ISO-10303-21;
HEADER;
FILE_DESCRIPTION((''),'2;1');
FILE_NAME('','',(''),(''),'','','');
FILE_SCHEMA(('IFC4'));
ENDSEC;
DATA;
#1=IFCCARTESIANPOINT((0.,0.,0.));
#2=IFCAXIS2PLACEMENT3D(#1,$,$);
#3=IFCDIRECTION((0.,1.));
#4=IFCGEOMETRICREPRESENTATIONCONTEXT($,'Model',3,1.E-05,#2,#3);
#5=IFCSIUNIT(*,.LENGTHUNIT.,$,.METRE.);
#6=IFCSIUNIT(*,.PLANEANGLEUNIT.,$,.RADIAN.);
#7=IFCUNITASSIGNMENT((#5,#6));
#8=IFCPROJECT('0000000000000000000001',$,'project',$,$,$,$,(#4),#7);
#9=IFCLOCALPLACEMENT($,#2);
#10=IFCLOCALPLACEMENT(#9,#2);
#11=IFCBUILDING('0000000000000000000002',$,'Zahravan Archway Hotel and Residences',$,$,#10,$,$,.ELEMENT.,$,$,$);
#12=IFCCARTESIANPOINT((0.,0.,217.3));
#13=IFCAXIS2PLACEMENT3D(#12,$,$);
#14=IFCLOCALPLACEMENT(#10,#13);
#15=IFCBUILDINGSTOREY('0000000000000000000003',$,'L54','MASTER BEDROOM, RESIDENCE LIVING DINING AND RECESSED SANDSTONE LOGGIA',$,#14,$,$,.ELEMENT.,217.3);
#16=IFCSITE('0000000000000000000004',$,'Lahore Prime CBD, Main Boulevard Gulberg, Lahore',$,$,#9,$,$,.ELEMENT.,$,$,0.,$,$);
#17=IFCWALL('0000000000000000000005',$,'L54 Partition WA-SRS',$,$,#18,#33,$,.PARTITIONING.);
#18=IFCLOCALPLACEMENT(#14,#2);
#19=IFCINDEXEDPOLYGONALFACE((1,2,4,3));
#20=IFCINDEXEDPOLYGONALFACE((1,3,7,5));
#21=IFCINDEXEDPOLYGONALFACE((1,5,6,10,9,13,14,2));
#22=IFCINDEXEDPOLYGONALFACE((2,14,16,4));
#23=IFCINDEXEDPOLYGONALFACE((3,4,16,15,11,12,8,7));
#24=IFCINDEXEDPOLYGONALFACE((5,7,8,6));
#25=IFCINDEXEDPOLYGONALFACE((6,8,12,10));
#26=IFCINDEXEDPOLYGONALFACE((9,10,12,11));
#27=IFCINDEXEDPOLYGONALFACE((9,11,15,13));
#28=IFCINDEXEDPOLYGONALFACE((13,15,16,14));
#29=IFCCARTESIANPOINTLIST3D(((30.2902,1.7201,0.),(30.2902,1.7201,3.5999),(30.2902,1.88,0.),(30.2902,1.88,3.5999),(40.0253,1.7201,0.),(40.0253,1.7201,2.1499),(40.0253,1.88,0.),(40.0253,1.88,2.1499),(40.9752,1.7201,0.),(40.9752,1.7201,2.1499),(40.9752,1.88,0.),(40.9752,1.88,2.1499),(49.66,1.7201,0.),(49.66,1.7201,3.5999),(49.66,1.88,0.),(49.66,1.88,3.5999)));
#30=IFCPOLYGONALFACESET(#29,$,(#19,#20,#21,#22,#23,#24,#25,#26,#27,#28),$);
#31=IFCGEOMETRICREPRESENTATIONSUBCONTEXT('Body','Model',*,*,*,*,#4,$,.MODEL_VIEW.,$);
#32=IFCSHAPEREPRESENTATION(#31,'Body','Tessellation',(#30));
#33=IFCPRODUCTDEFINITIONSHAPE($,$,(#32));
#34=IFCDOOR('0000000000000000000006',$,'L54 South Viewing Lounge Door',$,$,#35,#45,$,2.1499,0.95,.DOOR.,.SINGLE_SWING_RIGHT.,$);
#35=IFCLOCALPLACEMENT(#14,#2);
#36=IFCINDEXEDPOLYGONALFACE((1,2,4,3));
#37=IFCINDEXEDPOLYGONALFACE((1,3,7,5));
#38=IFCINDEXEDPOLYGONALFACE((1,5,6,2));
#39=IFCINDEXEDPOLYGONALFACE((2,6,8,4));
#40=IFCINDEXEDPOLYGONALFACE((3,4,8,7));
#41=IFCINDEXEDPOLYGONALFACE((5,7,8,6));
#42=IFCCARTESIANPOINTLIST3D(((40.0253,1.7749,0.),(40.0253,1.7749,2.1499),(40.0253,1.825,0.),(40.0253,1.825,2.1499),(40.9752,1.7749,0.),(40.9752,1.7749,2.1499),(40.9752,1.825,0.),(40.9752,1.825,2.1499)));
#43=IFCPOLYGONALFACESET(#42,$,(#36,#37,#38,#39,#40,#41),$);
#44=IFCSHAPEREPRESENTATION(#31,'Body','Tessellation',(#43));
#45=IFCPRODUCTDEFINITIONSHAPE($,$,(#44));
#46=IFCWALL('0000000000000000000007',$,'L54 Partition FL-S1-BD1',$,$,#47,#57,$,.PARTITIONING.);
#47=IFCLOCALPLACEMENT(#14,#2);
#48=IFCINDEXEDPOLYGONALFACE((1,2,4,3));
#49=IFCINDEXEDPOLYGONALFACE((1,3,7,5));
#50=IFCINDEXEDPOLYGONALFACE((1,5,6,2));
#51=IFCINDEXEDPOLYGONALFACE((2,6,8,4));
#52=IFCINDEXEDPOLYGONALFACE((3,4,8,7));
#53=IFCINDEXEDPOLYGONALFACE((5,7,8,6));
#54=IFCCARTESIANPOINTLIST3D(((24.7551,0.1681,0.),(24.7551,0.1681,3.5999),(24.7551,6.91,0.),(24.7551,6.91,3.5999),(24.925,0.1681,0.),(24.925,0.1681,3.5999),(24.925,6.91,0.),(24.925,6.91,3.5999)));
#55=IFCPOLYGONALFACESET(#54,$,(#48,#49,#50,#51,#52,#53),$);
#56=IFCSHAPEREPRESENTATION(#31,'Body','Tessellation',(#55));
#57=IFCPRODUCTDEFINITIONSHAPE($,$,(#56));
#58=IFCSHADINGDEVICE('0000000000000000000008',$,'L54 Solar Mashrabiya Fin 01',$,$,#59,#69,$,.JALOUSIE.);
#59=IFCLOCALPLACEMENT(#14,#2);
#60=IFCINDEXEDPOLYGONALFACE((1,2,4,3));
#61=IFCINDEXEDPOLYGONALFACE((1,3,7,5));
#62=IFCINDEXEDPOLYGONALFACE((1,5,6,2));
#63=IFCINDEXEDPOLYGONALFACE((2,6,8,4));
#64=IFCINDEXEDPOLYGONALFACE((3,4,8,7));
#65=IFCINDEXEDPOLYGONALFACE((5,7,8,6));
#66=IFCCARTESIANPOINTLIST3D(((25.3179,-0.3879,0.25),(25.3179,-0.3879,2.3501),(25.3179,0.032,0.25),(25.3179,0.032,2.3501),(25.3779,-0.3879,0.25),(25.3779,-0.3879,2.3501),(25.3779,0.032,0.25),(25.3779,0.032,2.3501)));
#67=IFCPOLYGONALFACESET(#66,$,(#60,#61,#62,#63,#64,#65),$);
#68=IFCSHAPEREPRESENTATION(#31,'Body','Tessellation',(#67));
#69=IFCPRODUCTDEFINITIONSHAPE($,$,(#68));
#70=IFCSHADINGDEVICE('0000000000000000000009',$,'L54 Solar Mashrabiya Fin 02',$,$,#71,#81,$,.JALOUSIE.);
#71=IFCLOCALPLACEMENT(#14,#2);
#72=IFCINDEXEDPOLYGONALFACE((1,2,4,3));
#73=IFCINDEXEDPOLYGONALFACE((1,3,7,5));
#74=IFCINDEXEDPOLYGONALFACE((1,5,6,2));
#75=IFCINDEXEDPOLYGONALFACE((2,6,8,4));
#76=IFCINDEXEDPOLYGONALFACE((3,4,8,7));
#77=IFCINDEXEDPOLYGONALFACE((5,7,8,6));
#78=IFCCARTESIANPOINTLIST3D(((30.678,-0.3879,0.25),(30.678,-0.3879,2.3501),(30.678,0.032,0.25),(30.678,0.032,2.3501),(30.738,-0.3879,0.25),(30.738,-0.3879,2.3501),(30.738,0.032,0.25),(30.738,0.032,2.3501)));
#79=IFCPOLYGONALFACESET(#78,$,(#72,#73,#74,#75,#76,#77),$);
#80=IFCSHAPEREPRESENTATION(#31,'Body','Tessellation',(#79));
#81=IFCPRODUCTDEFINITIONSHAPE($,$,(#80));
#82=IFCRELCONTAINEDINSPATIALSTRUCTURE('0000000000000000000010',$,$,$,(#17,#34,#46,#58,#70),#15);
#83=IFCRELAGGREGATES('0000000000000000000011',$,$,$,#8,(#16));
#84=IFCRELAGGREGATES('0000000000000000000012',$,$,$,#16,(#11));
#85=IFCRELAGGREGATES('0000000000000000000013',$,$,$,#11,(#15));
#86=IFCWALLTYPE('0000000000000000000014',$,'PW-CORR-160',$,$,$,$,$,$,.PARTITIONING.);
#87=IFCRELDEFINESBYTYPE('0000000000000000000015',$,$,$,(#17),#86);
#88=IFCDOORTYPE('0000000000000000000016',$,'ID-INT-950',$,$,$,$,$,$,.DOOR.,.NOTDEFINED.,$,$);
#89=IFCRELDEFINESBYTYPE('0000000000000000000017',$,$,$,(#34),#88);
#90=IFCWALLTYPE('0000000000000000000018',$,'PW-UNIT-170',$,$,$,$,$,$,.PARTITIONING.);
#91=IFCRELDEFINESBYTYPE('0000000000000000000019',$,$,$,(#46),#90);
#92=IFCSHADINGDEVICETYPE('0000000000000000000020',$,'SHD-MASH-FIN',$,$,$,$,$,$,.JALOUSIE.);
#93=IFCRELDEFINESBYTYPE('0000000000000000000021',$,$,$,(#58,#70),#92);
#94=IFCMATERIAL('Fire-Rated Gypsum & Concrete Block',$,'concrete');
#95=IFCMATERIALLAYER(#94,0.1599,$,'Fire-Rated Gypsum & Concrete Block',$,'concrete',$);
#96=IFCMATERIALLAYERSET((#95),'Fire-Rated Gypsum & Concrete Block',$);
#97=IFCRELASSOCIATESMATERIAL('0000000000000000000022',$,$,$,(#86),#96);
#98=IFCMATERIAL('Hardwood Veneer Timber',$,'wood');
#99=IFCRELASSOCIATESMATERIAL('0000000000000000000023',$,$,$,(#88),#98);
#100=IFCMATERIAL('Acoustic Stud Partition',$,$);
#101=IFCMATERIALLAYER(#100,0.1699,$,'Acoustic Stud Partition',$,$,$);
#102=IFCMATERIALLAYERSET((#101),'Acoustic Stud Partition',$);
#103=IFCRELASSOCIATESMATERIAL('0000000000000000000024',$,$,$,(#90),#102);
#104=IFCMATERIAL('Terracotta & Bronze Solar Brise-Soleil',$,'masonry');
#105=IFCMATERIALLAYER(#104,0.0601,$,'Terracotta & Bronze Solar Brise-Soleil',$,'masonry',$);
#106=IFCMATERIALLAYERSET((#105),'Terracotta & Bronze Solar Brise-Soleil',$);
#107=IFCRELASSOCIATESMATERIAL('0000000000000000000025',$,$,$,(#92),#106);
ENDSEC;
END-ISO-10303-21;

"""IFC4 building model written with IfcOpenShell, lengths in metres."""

from ifc_helpers import new_model, si_unit, direction, frame, frame_2d, origin, origin_2d, place, context, subcontext, project, spatial, rectangle, extrude, source, transform, mapped, material, layer, layer_set, type_object, type_shapes, element, fill, save


model = new_model("IFC4")

# Units and contexts
model_context = context("Model", 3, precision=1e-05, world=origin(), true_north=direction((0.0, 1.0)))
body_context = subcontext(model_context, "Body", "Model", "MODEL_VIEW")
ifc_project = project(units=[si_unit("LENGTHUNIT", "METRE"), si_unit("PLANEANGLEUNIT", "RADIAN")], contexts=[model_context])

# Site, building, storey
site_placement = place(None, origin())
site = spatial("IfcSite", under=ifc_project, at=site_placement, Name="Lahore Prime CBD, Main Boulevard Gulberg, Lahore", CompositionType="ELEMENT", RefElevation=0.0)
building_placement = place(site_placement, origin())
building = spatial("IfcBuilding", under=site, at=building_placement, Name="Zahravan Archway Hotel and Residences", CompositionType="ELEMENT")
storey_placement = place(building_placement, frame((0.0, 0.0, 217.3)))
storey = spatial("IfcBuildingStorey", under=building, at=storey_placement, Name="L54", Description="MASTER BEDROOM, RESIDENCE LIVING DINING AND RECESSED SANDSTONE LOGGIA", CompositionType="ELEMENT", Elevation=217.3)

# Wall, opening, door
ifc_material_1 = material(Name="Fire-Rated Gypsum & Concrete Block", Category="concrete")
ifc_layer_1 = layer(ifc_material_1, 0.1599, Name="Fire-Rated Gypsum & Concrete Block", Category="concrete")
ifc_layer_set_1 = layer_set([ifc_layer_1], Name="Fire-Rated Gypsum & Concrete Block")
wall_type_1 = type_object("IfcWallType", Name="PW-CORR-160", PredefinedType="PARTITIONING", material=ifc_layer_set_1)
wall_1_placement = place(storey_placement, frame((30.29, 1.8, 0.0), z_axis=(0.0, 0.0, 1.0), x_axis=(1.0, 0.0, 0.0)))
wall_1 = element("IfcWall", 1, at=wall_1_placement, inside=storey, type_object=wall_type_1, Name="L54 Partition WA-SRS", PredefinedType="PARTITIONING", context=body_context, shape_type="SweptSolid", body=[
    extrude(rectangle(XDim=19.3699, YDim=0.1599, at=frame_2d((9.6851, 0.0))), origin(), (0.0, 0.0, 1.0), 3.5999),
])
opening_1_placement = place(wall_1_placement, frame((9.7351, 0.0, 0.0)))
opening_1 = element("IfcOpeningElement", 2, at=opening_1_placement, cuts=wall_1, PredefinedType="OPENING", context=body_context, shape_type="SweptSolid", body=[
    extrude(rectangle(XDim=0.95, YDim=2.1499, at=frame_2d((0.4751, 1.075))), frame((0.0, 0.0898, 0.0), z_axis=(0.0, -1.0, 0.0), x_axis=(1.0, 0.0, 0.0)), (0.0, 0.0, 1.0), 0.1799),
])
ifc_material_2 = material(Name="Hardwood Veneer Timber", Category="wood")
door_type_1 = type_object("IfcDoorType", Name="ID-INT-950", OperationType="NOTDEFINED", PredefinedType="DOOR", material=ifc_material_2)
shared_shape_1 = source(origin(), body_context, "Body", "SweptSolid", [
    extrude(rectangle(XDim=0.95, YDim=2.1499, at=frame_2d((0.4751, 1.075))), frame((0.0, 0.0249, 0.0), z_axis=(0.0, -1.0, 0.0), x_axis=(1.0, 0.0, 0.0)), (0.0, 0.0, 1.0), 0.05),
])
type_shapes(door_type_1, [shared_shape_1])
door_1_placement = place(opening_1_placement, origin())
door_1 = element("IfcDoor", 3, at=door_1_placement, inside=storey, type_object=door_type_1, Name="L54 South Viewing Lounge Door", OperationType="SINGLE_SWING_RIGHT", OverallHeight=2.1499, OverallWidth=0.95, PredefinedType="DOOR", context=body_context, shape_type="MappedRepresentation", body=[
    mapped(shared_shape_1, transform((0.0, 0.0, 0.0), scale=1.0)),
])
fill(opening_1, door_1)

# Shared definitions
ifc_material_3 = material(Name="Acoustic Stud Partition")
ifc_layer_2 = layer(ifc_material_3, 0.1699, Name="Acoustic Stud Partition")
ifc_layer_set_2 = layer_set([ifc_layer_2], Name="Acoustic Stud Partition")
wall_type_2 = type_object("IfcWallType", Name="PW-UNIT-170", PredefinedType="PARTITIONING", material=ifc_layer_set_2)

# Wall
wall_2_placement = place(storey_placement, frame((24.8401, 0.168, 0.0), z_axis=(0.0, 0.0, 1.0), x_axis=(0.0, 1.0, 0.0)))
element("IfcWall", 4, at=wall_2_placement, inside=storey, type_object=wall_type_2, Name="L54 Partition FL-S1-BD1", PredefinedType="PARTITIONING", context=body_context, shape_type="SweptSolid", body=[
    extrude(rectangle(XDim=6.7419, YDim=0.1699, at=frame_2d((3.3711, 0.0))), origin(), (0.0, 0.0, 1.0), 3.5999),
])

# Shading devices
ifc_material_4 = material(Name="Terracotta & Bronze Solar Brise-Soleil", Category="masonry")
ifc_layer_3 = layer(ifc_material_4, 0.0601, Name="Terracotta & Bronze Solar Brise-Soleil", Category="masonry")
ifc_layer_set_3 = layer_set([ifc_layer_3], Name="Terracotta & Bronze Solar Brise-Soleil")
shading_device_type = type_object("IfcShadingDeviceType", Name="SHD-MASH-FIN", PredefinedType="JALOUSIE", material=ifc_layer_set_3)
shared_shape_2 = source(origin(), body_context, "Body", "SweptSolid", [
    extrude(rectangle(XDim=0.0601, YDim=0.4199, at=origin_2d()), origin(), (0.0, 0.0, 1.0), 2.1001),
])
type_shapes(shading_device_type, [shared_shape_2])
for number, where, z_axis, x_axis, name in (
    (5, (25.3479, -0.178, 0.25), (0.0, 0.0, 1.0), (1.0, 0.0, 0.0), "L54 Solar Mashrabiya Fin 01"),
    (6, (30.708, -0.178, 0.25), (0.0, 0.0, 1.0), (1.0, 0.0, 0.0), "L54 Solar Mashrabiya Fin 02"),
):
    element("IfcShadingDevice", number, at=place(storey_placement, frame(where, z_axis=z_axis, x_axis=x_axis)), inside=storey, type_object=shading_device_type, Name=name, PredefinedType="JALOUSIE", context=body_context, shape_type="MappedRepresentation", body=[
        mapped(shared_shape_2, transform((0.0, 0.0, 0.0), scale=1.0)),
    ])

save(model, "model.ifc")
